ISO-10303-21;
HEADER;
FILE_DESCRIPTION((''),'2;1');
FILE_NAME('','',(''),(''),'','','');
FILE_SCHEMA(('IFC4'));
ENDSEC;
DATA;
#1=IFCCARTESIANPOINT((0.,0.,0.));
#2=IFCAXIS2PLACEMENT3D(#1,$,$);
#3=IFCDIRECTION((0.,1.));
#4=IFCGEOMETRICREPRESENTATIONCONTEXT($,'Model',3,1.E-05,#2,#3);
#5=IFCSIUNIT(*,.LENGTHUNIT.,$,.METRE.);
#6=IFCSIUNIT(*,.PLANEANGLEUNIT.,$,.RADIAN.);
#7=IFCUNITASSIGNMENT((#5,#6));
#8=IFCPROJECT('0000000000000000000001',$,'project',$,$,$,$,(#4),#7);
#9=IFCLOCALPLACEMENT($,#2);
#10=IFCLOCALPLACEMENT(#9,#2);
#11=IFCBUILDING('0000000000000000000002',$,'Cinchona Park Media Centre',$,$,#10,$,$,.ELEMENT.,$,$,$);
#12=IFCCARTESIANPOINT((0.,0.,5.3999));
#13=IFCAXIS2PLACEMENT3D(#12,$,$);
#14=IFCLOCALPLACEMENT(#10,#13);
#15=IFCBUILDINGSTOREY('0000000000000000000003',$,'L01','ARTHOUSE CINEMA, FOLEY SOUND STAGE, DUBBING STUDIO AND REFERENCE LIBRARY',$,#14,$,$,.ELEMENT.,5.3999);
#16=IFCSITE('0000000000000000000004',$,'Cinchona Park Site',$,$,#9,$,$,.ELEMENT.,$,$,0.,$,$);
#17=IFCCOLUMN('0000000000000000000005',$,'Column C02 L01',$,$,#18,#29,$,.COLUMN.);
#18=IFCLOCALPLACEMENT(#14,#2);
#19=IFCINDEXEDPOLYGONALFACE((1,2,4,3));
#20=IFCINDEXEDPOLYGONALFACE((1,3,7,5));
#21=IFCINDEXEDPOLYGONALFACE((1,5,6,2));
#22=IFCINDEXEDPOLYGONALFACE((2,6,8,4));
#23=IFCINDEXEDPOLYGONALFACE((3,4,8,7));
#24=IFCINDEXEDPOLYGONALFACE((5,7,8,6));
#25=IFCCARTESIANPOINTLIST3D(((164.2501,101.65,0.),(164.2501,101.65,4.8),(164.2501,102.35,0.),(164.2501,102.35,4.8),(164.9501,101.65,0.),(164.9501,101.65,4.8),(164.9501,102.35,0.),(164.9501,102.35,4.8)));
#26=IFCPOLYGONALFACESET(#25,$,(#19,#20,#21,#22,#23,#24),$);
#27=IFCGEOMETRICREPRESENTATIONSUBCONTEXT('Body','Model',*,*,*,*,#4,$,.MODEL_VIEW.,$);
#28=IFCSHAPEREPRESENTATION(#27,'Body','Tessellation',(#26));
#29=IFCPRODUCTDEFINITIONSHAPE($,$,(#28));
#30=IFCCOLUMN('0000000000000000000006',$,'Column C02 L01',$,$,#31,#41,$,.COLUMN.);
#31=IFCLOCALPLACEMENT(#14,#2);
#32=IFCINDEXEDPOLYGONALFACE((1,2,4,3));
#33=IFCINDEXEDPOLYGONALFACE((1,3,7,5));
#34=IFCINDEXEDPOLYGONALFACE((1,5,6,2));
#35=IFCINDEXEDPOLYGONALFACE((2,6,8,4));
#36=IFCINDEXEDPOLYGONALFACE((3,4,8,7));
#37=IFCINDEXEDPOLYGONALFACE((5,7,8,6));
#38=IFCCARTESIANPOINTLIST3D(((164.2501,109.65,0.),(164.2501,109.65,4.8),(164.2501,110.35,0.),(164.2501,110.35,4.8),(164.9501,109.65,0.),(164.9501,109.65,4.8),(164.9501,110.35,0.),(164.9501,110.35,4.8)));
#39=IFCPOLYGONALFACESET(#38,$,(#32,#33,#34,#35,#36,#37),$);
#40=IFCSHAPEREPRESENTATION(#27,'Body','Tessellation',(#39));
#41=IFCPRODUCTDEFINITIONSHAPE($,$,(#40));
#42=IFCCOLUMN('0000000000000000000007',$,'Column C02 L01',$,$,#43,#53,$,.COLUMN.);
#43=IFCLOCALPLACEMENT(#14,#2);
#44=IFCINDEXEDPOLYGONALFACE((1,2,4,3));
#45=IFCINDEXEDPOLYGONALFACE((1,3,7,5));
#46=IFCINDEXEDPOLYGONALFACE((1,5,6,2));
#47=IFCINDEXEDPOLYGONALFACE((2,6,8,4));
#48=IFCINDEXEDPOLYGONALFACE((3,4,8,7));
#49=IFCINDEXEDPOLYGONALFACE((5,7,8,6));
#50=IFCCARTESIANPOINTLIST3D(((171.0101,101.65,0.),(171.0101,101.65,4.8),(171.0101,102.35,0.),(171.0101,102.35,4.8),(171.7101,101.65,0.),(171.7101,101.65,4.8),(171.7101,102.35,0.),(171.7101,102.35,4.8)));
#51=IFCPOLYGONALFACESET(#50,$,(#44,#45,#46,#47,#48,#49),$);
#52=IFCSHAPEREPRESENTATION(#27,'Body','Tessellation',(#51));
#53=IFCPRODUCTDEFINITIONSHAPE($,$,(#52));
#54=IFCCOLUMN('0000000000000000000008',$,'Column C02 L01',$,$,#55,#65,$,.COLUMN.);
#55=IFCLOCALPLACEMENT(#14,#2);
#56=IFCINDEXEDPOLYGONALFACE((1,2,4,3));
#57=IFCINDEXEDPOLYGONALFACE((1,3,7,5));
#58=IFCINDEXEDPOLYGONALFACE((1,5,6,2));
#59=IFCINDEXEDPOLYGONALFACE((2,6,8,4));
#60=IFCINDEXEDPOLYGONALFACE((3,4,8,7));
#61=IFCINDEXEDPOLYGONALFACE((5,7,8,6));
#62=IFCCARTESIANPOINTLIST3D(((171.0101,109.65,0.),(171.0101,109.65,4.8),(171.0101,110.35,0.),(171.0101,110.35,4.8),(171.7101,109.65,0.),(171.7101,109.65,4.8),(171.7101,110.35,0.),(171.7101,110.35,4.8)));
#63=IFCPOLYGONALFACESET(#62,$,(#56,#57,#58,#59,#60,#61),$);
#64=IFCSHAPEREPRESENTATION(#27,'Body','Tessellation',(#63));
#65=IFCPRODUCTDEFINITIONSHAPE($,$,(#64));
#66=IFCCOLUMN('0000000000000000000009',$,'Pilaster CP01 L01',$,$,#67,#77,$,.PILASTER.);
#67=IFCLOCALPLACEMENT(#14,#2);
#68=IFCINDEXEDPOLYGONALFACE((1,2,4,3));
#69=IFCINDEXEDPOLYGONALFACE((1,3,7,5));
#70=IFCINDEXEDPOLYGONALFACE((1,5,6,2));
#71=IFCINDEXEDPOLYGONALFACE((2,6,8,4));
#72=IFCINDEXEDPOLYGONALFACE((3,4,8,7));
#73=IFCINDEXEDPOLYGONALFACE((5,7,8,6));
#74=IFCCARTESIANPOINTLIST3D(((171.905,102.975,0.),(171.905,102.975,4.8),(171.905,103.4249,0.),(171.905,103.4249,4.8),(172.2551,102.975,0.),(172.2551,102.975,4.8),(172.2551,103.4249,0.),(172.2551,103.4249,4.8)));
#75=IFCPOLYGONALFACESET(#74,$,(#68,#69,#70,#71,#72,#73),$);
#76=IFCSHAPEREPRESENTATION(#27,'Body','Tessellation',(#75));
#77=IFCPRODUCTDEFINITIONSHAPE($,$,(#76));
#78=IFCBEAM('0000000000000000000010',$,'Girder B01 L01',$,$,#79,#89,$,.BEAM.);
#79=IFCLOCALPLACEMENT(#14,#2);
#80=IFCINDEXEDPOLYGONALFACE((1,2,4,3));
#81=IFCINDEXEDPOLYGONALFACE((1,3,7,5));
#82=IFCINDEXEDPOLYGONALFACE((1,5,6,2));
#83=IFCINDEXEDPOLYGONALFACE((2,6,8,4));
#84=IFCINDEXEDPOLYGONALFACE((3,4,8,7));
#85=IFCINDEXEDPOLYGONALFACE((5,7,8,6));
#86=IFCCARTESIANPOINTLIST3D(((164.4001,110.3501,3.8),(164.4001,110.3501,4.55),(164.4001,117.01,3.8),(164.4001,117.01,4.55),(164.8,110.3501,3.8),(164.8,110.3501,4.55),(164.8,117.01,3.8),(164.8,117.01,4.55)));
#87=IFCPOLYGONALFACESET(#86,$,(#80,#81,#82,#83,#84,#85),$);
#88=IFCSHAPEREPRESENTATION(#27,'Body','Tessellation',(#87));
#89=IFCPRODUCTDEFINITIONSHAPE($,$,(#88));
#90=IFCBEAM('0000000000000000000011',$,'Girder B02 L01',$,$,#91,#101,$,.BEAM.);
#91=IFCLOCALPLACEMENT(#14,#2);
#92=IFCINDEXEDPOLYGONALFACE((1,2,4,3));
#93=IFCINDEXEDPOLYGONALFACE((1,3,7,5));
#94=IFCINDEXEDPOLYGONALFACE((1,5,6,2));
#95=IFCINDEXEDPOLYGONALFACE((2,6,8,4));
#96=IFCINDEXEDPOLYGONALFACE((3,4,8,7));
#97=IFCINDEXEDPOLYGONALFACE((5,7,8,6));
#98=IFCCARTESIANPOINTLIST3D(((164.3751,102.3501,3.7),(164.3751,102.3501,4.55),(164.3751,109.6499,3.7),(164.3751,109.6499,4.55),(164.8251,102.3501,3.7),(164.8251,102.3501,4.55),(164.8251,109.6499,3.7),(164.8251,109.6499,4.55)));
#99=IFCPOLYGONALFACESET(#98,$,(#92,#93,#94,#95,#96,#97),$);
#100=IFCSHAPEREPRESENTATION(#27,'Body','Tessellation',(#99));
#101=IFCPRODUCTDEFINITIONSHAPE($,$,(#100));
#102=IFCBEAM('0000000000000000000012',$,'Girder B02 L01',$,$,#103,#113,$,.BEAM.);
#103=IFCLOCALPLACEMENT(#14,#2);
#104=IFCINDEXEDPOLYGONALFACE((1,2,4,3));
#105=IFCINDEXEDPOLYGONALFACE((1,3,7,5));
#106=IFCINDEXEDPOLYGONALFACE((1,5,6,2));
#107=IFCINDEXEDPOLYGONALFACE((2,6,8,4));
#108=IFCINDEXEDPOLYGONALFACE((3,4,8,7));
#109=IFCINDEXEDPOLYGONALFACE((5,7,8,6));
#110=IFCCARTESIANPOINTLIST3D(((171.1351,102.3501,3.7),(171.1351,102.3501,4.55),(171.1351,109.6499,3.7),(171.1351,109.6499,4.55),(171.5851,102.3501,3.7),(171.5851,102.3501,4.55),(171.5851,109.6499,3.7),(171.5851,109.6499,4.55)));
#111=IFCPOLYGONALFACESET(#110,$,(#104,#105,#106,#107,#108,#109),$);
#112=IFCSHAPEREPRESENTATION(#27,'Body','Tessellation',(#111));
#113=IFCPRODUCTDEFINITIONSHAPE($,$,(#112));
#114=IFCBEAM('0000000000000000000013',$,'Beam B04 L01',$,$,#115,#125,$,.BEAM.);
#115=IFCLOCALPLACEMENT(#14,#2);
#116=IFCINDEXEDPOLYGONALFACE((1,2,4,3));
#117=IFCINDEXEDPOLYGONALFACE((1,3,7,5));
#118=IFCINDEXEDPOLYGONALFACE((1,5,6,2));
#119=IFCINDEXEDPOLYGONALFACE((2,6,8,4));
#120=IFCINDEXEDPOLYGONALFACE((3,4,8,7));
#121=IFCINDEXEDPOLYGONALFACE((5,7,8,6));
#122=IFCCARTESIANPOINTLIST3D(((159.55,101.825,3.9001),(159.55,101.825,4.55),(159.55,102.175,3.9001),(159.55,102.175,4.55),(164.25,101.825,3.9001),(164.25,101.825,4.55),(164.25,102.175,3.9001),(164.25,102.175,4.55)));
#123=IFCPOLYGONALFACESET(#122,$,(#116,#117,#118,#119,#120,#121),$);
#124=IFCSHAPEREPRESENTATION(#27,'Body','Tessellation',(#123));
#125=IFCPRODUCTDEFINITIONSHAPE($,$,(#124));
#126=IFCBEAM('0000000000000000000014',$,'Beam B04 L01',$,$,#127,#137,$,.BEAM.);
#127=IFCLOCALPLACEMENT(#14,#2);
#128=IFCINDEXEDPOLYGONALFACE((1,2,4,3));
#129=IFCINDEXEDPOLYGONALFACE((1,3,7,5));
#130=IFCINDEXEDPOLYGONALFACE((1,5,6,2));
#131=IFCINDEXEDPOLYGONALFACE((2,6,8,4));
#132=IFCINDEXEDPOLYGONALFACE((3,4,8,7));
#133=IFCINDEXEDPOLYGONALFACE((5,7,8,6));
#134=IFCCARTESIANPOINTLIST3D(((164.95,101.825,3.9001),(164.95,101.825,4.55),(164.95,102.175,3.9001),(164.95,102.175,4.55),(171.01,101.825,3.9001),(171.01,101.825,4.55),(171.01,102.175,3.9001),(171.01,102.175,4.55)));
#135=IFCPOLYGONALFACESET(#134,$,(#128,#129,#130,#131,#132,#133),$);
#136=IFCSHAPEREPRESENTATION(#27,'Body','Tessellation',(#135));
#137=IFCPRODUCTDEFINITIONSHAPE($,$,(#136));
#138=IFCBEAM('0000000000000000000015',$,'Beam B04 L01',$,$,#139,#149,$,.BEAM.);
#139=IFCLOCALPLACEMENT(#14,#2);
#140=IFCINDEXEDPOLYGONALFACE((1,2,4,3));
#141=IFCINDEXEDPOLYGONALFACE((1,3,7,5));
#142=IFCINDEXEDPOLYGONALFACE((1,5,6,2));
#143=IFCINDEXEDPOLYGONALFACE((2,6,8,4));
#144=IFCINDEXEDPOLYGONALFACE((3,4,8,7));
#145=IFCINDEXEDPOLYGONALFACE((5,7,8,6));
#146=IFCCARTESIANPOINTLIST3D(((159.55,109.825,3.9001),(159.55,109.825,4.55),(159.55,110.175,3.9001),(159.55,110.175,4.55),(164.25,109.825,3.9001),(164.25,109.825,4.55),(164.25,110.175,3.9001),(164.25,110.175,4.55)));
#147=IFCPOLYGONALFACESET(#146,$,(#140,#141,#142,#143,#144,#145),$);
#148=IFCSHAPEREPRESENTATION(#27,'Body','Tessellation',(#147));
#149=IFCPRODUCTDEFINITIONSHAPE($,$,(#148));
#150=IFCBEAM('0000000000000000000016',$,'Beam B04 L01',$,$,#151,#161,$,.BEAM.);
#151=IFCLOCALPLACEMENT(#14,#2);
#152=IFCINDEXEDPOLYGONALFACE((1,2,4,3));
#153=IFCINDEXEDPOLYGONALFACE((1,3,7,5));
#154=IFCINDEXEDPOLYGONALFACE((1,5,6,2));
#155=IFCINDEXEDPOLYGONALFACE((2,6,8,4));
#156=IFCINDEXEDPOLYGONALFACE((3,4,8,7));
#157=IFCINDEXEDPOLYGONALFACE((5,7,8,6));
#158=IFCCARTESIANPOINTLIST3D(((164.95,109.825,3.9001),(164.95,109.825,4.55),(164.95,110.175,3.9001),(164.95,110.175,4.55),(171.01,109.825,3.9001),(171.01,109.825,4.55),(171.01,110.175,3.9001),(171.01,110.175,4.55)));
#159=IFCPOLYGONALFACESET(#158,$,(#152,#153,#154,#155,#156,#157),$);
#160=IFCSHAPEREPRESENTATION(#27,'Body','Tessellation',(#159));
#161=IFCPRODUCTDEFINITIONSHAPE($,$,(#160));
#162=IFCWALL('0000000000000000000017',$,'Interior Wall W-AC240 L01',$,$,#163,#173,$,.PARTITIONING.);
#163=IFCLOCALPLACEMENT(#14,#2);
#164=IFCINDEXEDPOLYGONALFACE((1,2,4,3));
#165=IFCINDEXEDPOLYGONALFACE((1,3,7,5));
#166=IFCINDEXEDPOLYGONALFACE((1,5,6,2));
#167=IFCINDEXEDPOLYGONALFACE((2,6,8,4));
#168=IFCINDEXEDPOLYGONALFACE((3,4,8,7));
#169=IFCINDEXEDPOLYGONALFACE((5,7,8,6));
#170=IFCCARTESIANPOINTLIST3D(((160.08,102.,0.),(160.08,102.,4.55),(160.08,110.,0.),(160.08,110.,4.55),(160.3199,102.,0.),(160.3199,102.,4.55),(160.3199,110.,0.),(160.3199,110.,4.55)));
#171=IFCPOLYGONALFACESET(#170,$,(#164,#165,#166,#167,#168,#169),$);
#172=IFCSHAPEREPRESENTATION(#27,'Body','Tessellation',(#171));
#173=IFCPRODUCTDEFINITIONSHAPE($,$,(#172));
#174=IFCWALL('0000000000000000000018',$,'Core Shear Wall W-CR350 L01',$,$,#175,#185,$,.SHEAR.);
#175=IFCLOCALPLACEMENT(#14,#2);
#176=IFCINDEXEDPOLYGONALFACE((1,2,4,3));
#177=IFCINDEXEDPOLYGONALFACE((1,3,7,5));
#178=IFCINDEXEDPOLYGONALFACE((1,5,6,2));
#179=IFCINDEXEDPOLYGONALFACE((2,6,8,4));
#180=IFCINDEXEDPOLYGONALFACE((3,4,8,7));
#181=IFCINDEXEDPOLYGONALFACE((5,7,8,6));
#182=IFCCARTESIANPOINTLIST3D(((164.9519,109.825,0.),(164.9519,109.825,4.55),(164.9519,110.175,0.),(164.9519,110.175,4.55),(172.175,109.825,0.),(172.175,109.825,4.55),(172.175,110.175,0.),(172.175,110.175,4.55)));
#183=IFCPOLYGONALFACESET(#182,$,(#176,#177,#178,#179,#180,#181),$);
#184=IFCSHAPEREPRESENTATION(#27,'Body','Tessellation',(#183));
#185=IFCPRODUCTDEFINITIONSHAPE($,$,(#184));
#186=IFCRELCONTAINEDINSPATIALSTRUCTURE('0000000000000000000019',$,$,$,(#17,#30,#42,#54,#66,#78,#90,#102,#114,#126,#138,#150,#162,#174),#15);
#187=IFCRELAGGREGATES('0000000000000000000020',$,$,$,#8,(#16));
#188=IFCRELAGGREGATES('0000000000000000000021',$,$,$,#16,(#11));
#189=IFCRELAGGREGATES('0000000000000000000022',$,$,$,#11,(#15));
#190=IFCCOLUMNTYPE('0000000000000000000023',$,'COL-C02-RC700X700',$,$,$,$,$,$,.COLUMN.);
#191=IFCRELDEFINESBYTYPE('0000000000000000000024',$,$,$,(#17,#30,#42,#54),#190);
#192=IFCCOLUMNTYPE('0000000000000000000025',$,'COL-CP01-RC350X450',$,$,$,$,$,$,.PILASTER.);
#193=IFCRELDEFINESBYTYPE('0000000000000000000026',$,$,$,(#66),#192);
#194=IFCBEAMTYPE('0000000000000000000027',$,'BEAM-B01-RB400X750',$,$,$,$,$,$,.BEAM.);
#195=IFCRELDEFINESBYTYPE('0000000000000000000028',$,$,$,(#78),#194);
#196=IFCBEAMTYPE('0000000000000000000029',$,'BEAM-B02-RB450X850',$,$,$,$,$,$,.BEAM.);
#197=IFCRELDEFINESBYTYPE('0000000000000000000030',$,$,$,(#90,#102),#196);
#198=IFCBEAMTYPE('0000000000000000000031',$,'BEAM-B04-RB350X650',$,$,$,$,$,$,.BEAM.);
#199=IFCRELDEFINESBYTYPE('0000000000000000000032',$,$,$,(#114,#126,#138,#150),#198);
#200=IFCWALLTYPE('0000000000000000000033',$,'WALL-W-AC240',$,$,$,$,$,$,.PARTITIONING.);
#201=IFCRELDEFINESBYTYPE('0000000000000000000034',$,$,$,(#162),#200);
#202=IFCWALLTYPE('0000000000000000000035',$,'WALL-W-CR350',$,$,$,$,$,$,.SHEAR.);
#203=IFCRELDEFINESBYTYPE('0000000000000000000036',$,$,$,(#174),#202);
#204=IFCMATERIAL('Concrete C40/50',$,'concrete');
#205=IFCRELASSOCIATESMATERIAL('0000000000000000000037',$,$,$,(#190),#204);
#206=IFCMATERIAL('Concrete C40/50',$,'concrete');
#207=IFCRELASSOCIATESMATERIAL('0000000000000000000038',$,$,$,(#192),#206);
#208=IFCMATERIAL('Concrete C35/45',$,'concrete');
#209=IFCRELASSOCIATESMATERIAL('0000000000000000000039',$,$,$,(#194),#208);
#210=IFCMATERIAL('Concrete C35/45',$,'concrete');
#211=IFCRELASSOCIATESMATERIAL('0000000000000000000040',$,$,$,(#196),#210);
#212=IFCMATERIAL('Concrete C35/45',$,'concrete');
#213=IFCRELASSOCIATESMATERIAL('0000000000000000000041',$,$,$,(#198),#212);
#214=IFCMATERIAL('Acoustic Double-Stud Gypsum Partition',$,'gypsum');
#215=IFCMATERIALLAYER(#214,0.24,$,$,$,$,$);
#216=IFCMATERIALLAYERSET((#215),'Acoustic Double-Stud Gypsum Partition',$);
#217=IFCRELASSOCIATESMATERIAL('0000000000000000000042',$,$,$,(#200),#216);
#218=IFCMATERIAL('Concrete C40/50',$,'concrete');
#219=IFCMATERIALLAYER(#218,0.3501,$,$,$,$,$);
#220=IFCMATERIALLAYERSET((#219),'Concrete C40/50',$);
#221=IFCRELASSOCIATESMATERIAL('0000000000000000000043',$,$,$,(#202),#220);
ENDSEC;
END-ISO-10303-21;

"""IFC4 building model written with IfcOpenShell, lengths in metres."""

from ifc_helpers import new_model, si_unit, direction, frame, frame_2d, origin, origin_2d, place, context, subcontext, project, spatial, rectangle, extrude, material, layer, layer_set, material_profile, profile_set, type_object, element, save


model = new_model("IFC4")

# Units and contexts
model_context = context("Model", 3, precision=1e-05, world=origin(), true_north=direction((0.0, 1.0)))
body_context = subcontext(model_context, "Body", "Model", "MODEL_VIEW")
ifc_project = project(units=[si_unit("LENGTHUNIT", "METRE"), si_unit("PLANEANGLEUNIT", "RADIAN")], contexts=[model_context])

# Site, building, storey
site_placement = place(None, origin())
site = spatial("IfcSite", under=ifc_project, at=site_placement, Name="Cinchona Park Site", CompositionType="ELEMENT", RefElevation=0.0)
building_placement = place(site_placement, origin())
building = spatial("IfcBuilding", under=site, at=building_placement, Name="Cinchona Park Media Centre", CompositionType="ELEMENT")
storey_placement = place(building_placement, frame((0.0, 0.0, 5.3999)))
storey = spatial("IfcBuildingStorey", under=building, at=storey_placement, Name="L01", Description="ARTHOUSE CINEMA, FOLEY SOUND STAGE, DUBBING STUDIO AND REFERENCE LIBRARY", CompositionType="ELEMENT", Elevation=5.3999)

# Columns
ifc_material_1 = material(Name="Concrete C40/50", Category="concrete")
ifc_material_profile_1 = material_profile(ifc_material_1, rectangle(XDim=0.7, YDim=0.7, at=origin_2d()), Name="RC 700X700")
ifc_profile_set_1 = profile_set([ifc_material_profile_1], Name="Concrete C40/50")
column_type_1 = type_object("IfcColumnType", Name="COL-C02-RC700X700", PredefinedType="COLUMN", material=ifc_profile_set_1)
for number, where, z_axis, x_axis, name in (
    (1, (164.6001, 102.0, 0.0), (0.0, 0.0, 1.0), (1.0, 0.0, 0.0), "Column C02 L01"),
    (2, (164.6001, 110.0, 0.0), (0.0, 0.0, 1.0), (1.0, 0.0, 0.0), "Column C02 L01"),
    (3, (171.3601, 102.0, 0.0), (0.0, 0.0, 1.0), (1.0, 0.0, 0.0), "Column C02 L01"),
    (4, (171.3601, 110.0, 0.0), (0.0, 0.0, 1.0), (1.0, 0.0, 0.0), "Column C02 L01"),
):
    element("IfcColumn", number, at=place(storey_placement, frame(where, z_axis=z_axis, x_axis=x_axis)), inside=storey, type_object=column_type_1, Name=name, PredefinedType="COLUMN", context=body_context, shape_type="SweptSolid", body=[
        extrude(rectangle(XDim=0.7, YDim=0.7, at=origin_2d()), origin(), (0.0, 0.0, 1.0), 4.8),
    ])
ifc_material_2 = material(Name="Concrete C40/50", Category="concrete")
ifc_material_profile_2 = material_profile(ifc_material_2, rectangle(XDim=0.3501, YDim=0.45, at=origin_2d()), Name="RC 350X450")
ifc_profile_set_2 = profile_set([ifc_material_profile_2], Name="Concrete C40/50")
column_type_2 = type_object("IfcColumnType", Name="COL-CP01-RC350X450", PredefinedType="PILASTER", material=ifc_profile_set_2)
column_placement = place(storey_placement, frame((172.0801, 103.2, 0.0), z_axis=(0.0, 0.0, 1.0), x_axis=(1.0, 0.0, 0.0)))
element("IfcColumn", 5, at=column_placement, inside=storey, type_object=column_type_2, Name="Pilaster CP01 L01", PredefinedType="PILASTER", context=body_context, shape_type="SweptSolid", body=[
    extrude(rectangle(XDim=0.3501, YDim=0.45, at=origin_2d()), origin(), (0.0, 0.0, 1.0), 4.8),
])

# Beams
ifc_material_3 = material(Name="Concrete C35/45", Category="concrete")
ifc_material_profile_3 = material_profile(ifc_material_3, rectangle(XDim=0.3999, YDim=0.75, at=origin_2d()), Name="RB 400X750")
ifc_profile_set_3 = profile_set([ifc_material_profile_3], Name="Concrete C35/45")
beam_type_1 = type_object("IfcBeamType", Name="BEAM-B01-RB400X750", PredefinedType="BEAM", material=ifc_profile_set_3)
beam_1_placement = place(storey_placement, frame((164.6001, 110.3501, 4.175), z_axis=(0.0, 1.0, 0.0), x_axis=(-1.0, 0.0, 0.0)))
element("IfcBeam", 6, at=beam_1_placement, inside=storey, type_object=beam_type_1, Name="Girder B01 L01", PredefinedType="BEAM", context=body_context, shape_type="SweptSolid", body=[
    extrude(rectangle(XDim=0.3999, YDim=0.75, at=origin_2d()), origin(), (0.0, 0.0, 1.0), 6.6599),
])
ifc_material_4 = material(Name="Concrete C35/45", Category="concrete")
ifc_material_profile_4 = material_profile(ifc_material_4, rectangle(XDim=0.45, YDim=0.8501, at=origin_2d()), Name="RB 450X850")
ifc_profile_set_4 = profile_set([ifc_material_profile_4], Name="Concrete C35/45")
beam_type_2 = type_object("IfcBeamType", Name="BEAM-B02-RB450X850", PredefinedType="BEAM", material=ifc_profile_set_4)
for number, where, z_axis, x_axis, name in (
    (7, (164.6001, 102.3501, 4.125), (0.0, 1.0, 0.0), (-1.0, 0.0, 0.0), "Girder B02 L01"),
    (8, (171.3601, 102.3501, 4.125), (0.0, 1.0, 0.0), (-1.0, 0.0, 0.0), "Girder B02 L01"),
):
    element("IfcBeam", number, at=place(storey_placement, frame(where, z_axis=z_axis, x_axis=x_axis)), inside=storey, type_object=beam_type_2, Name=name, PredefinedType="BEAM", context=body_context, shape_type="SweptSolid", body=[
        extrude(rectangle(XDim=0.45, YDim=0.8501, at=origin_2d()), origin(), (0.0, 0.0, 1.0), 7.2998),
    ])
ifc_material_5 = material(Name="Concrete C35/45", Category="concrete")
ifc_material_profile_5 = material_profile(ifc_material_5, rectangle(XDim=0.3501, YDim=0.6499, at=origin_2d()), Name="RB 350X650")
ifc_profile_set_5 = profile_set([ifc_material_profile_5], Name="Concrete C35/45")
beam_type_3 = type_object("IfcBeamType", Name="BEAM-B04-RB350X650", PredefinedType="BEAM", material=ifc_profile_set_5)
beam_2_placement = place(storey_placement, frame((159.55, 102.0, 4.2251), z_axis=(1.0, 0.0, 0.0), x_axis=(0.0, 1.0, 0.0)))
element("IfcBeam", 9, at=beam_2_placement, inside=storey, type_object=beam_type_3, Name="Beam B04 L01", PredefinedType="BEAM", context=body_context, shape_type="SweptSolid", body=[
    extrude(rectangle(XDim=0.3501, YDim=0.6499, at=origin_2d()), origin(), (0.0, 0.0, 1.0), 4.7),
])
beam_3_placement = place(storey_placement, frame((164.95, 102.0, 4.2251), z_axis=(1.0, 0.0, 0.0), x_axis=(0.0, 1.0, 0.0)))
element("IfcBeam", 10, at=beam_3_placement, inside=storey, type_object=beam_type_3, Name="Beam B04 L01", PredefinedType="BEAM", context=body_context, shape_type="SweptSolid", body=[
    extrude(rectangle(XDim=0.3501, YDim=0.6499, at=origin_2d()), origin(), (0.0, 0.0, 1.0), 6.0601),
])
beam_4_placement = place(storey_placement, frame((159.55, 110.0, 4.2251), z_axis=(1.0, 0.0, 0.0), x_axis=(0.0, 1.0, 0.0)))
element("IfcBeam", 11, at=beam_4_placement, inside=storey, type_object=beam_type_3, Name="Beam B04 L01", PredefinedType="BEAM", context=body_context, shape_type="SweptSolid", body=[
    extrude(rectangle(XDim=0.3501, YDim=0.6499, at=origin_2d()), origin(), (0.0, 0.0, 1.0), 4.7),
])
beam_5_placement = place(storey_placement, frame((164.95, 110.0, 4.2251), z_axis=(1.0, 0.0, 0.0), x_axis=(0.0, 1.0, 0.0)))
element("IfcBeam", 12, at=beam_5_placement, inside=storey, type_object=beam_type_3, Name="Beam B04 L01", PredefinedType="BEAM", context=body_context, shape_type="SweptSolid", body=[
    extrude(rectangle(XDim=0.3501, YDim=0.6499, at=origin_2d()), origin(), (0.0, 0.0, 1.0), 6.0601),
])

# Walls
ifc_material_6 = material(Name="Acoustic Double-Stud Gypsum Partition", Category="gypsum")
ifc_layer_1 = layer(ifc_material_6, 0.24)
ifc_layer_set_1 = layer_set([ifc_layer_1], Name="Acoustic Double-Stud Gypsum Partition")
wall_type_1 = type_object("IfcWallType", Name="WALL-W-AC240", PredefinedType="PARTITIONING", material=ifc_layer_set_1)
wall_1_placement = place(storey_placement, frame((160.2, 110.0, 0.0), z_axis=(0.0, 0.0, 1.0), x_axis=(0.0, -1.0, 0.0)))
element("IfcWall", 13, at=wall_1_placement, inside=storey, type_object=wall_type_1, Name="Interior Wall W-AC240 L01", PredefinedType="PARTITIONING", context=body_context, shape_type="SweptSolid", body=[
    extrude(rectangle(XDim=8.0, YDim=0.24, at=frame_2d((4.0, 0.0))), origin(), (0.0, 0.0, 1.0), 4.55),
])
ifc_material_7 = material(Name="Concrete C40/50", Category="concrete")
ifc_layer_2 = layer(ifc_material_7, 0.3501)
ifc_layer_set_2 = layer_set([ifc_layer_2], Name="Concrete C40/50")
wall_type_2 = type_object("IfcWallType", Name="WALL-W-CR350", PredefinedType="SHEAR", material=ifc_layer_set_2)
wall_2_placement = place(storey_placement, frame((164.9519, 110.0, 0.0), z_axis=(0.0, 0.0, 1.0), x_axis=(1.0, 0.0, 0.0)))
element("IfcWall", 14, at=wall_2_placement, inside=storey, type_object=wall_type_2, Name="Core Shear Wall W-CR350 L01", PredefinedType="SHEAR", context=body_context, shape_type="SweptSolid", body=[
    extrude(rectangle(XDim=7.2231, YDim=0.3501, at=frame_2d((3.6116, 0.0))), origin(), (0.0, 0.0, 1.0), 4.55),
])

save(model, "model.ifc")
